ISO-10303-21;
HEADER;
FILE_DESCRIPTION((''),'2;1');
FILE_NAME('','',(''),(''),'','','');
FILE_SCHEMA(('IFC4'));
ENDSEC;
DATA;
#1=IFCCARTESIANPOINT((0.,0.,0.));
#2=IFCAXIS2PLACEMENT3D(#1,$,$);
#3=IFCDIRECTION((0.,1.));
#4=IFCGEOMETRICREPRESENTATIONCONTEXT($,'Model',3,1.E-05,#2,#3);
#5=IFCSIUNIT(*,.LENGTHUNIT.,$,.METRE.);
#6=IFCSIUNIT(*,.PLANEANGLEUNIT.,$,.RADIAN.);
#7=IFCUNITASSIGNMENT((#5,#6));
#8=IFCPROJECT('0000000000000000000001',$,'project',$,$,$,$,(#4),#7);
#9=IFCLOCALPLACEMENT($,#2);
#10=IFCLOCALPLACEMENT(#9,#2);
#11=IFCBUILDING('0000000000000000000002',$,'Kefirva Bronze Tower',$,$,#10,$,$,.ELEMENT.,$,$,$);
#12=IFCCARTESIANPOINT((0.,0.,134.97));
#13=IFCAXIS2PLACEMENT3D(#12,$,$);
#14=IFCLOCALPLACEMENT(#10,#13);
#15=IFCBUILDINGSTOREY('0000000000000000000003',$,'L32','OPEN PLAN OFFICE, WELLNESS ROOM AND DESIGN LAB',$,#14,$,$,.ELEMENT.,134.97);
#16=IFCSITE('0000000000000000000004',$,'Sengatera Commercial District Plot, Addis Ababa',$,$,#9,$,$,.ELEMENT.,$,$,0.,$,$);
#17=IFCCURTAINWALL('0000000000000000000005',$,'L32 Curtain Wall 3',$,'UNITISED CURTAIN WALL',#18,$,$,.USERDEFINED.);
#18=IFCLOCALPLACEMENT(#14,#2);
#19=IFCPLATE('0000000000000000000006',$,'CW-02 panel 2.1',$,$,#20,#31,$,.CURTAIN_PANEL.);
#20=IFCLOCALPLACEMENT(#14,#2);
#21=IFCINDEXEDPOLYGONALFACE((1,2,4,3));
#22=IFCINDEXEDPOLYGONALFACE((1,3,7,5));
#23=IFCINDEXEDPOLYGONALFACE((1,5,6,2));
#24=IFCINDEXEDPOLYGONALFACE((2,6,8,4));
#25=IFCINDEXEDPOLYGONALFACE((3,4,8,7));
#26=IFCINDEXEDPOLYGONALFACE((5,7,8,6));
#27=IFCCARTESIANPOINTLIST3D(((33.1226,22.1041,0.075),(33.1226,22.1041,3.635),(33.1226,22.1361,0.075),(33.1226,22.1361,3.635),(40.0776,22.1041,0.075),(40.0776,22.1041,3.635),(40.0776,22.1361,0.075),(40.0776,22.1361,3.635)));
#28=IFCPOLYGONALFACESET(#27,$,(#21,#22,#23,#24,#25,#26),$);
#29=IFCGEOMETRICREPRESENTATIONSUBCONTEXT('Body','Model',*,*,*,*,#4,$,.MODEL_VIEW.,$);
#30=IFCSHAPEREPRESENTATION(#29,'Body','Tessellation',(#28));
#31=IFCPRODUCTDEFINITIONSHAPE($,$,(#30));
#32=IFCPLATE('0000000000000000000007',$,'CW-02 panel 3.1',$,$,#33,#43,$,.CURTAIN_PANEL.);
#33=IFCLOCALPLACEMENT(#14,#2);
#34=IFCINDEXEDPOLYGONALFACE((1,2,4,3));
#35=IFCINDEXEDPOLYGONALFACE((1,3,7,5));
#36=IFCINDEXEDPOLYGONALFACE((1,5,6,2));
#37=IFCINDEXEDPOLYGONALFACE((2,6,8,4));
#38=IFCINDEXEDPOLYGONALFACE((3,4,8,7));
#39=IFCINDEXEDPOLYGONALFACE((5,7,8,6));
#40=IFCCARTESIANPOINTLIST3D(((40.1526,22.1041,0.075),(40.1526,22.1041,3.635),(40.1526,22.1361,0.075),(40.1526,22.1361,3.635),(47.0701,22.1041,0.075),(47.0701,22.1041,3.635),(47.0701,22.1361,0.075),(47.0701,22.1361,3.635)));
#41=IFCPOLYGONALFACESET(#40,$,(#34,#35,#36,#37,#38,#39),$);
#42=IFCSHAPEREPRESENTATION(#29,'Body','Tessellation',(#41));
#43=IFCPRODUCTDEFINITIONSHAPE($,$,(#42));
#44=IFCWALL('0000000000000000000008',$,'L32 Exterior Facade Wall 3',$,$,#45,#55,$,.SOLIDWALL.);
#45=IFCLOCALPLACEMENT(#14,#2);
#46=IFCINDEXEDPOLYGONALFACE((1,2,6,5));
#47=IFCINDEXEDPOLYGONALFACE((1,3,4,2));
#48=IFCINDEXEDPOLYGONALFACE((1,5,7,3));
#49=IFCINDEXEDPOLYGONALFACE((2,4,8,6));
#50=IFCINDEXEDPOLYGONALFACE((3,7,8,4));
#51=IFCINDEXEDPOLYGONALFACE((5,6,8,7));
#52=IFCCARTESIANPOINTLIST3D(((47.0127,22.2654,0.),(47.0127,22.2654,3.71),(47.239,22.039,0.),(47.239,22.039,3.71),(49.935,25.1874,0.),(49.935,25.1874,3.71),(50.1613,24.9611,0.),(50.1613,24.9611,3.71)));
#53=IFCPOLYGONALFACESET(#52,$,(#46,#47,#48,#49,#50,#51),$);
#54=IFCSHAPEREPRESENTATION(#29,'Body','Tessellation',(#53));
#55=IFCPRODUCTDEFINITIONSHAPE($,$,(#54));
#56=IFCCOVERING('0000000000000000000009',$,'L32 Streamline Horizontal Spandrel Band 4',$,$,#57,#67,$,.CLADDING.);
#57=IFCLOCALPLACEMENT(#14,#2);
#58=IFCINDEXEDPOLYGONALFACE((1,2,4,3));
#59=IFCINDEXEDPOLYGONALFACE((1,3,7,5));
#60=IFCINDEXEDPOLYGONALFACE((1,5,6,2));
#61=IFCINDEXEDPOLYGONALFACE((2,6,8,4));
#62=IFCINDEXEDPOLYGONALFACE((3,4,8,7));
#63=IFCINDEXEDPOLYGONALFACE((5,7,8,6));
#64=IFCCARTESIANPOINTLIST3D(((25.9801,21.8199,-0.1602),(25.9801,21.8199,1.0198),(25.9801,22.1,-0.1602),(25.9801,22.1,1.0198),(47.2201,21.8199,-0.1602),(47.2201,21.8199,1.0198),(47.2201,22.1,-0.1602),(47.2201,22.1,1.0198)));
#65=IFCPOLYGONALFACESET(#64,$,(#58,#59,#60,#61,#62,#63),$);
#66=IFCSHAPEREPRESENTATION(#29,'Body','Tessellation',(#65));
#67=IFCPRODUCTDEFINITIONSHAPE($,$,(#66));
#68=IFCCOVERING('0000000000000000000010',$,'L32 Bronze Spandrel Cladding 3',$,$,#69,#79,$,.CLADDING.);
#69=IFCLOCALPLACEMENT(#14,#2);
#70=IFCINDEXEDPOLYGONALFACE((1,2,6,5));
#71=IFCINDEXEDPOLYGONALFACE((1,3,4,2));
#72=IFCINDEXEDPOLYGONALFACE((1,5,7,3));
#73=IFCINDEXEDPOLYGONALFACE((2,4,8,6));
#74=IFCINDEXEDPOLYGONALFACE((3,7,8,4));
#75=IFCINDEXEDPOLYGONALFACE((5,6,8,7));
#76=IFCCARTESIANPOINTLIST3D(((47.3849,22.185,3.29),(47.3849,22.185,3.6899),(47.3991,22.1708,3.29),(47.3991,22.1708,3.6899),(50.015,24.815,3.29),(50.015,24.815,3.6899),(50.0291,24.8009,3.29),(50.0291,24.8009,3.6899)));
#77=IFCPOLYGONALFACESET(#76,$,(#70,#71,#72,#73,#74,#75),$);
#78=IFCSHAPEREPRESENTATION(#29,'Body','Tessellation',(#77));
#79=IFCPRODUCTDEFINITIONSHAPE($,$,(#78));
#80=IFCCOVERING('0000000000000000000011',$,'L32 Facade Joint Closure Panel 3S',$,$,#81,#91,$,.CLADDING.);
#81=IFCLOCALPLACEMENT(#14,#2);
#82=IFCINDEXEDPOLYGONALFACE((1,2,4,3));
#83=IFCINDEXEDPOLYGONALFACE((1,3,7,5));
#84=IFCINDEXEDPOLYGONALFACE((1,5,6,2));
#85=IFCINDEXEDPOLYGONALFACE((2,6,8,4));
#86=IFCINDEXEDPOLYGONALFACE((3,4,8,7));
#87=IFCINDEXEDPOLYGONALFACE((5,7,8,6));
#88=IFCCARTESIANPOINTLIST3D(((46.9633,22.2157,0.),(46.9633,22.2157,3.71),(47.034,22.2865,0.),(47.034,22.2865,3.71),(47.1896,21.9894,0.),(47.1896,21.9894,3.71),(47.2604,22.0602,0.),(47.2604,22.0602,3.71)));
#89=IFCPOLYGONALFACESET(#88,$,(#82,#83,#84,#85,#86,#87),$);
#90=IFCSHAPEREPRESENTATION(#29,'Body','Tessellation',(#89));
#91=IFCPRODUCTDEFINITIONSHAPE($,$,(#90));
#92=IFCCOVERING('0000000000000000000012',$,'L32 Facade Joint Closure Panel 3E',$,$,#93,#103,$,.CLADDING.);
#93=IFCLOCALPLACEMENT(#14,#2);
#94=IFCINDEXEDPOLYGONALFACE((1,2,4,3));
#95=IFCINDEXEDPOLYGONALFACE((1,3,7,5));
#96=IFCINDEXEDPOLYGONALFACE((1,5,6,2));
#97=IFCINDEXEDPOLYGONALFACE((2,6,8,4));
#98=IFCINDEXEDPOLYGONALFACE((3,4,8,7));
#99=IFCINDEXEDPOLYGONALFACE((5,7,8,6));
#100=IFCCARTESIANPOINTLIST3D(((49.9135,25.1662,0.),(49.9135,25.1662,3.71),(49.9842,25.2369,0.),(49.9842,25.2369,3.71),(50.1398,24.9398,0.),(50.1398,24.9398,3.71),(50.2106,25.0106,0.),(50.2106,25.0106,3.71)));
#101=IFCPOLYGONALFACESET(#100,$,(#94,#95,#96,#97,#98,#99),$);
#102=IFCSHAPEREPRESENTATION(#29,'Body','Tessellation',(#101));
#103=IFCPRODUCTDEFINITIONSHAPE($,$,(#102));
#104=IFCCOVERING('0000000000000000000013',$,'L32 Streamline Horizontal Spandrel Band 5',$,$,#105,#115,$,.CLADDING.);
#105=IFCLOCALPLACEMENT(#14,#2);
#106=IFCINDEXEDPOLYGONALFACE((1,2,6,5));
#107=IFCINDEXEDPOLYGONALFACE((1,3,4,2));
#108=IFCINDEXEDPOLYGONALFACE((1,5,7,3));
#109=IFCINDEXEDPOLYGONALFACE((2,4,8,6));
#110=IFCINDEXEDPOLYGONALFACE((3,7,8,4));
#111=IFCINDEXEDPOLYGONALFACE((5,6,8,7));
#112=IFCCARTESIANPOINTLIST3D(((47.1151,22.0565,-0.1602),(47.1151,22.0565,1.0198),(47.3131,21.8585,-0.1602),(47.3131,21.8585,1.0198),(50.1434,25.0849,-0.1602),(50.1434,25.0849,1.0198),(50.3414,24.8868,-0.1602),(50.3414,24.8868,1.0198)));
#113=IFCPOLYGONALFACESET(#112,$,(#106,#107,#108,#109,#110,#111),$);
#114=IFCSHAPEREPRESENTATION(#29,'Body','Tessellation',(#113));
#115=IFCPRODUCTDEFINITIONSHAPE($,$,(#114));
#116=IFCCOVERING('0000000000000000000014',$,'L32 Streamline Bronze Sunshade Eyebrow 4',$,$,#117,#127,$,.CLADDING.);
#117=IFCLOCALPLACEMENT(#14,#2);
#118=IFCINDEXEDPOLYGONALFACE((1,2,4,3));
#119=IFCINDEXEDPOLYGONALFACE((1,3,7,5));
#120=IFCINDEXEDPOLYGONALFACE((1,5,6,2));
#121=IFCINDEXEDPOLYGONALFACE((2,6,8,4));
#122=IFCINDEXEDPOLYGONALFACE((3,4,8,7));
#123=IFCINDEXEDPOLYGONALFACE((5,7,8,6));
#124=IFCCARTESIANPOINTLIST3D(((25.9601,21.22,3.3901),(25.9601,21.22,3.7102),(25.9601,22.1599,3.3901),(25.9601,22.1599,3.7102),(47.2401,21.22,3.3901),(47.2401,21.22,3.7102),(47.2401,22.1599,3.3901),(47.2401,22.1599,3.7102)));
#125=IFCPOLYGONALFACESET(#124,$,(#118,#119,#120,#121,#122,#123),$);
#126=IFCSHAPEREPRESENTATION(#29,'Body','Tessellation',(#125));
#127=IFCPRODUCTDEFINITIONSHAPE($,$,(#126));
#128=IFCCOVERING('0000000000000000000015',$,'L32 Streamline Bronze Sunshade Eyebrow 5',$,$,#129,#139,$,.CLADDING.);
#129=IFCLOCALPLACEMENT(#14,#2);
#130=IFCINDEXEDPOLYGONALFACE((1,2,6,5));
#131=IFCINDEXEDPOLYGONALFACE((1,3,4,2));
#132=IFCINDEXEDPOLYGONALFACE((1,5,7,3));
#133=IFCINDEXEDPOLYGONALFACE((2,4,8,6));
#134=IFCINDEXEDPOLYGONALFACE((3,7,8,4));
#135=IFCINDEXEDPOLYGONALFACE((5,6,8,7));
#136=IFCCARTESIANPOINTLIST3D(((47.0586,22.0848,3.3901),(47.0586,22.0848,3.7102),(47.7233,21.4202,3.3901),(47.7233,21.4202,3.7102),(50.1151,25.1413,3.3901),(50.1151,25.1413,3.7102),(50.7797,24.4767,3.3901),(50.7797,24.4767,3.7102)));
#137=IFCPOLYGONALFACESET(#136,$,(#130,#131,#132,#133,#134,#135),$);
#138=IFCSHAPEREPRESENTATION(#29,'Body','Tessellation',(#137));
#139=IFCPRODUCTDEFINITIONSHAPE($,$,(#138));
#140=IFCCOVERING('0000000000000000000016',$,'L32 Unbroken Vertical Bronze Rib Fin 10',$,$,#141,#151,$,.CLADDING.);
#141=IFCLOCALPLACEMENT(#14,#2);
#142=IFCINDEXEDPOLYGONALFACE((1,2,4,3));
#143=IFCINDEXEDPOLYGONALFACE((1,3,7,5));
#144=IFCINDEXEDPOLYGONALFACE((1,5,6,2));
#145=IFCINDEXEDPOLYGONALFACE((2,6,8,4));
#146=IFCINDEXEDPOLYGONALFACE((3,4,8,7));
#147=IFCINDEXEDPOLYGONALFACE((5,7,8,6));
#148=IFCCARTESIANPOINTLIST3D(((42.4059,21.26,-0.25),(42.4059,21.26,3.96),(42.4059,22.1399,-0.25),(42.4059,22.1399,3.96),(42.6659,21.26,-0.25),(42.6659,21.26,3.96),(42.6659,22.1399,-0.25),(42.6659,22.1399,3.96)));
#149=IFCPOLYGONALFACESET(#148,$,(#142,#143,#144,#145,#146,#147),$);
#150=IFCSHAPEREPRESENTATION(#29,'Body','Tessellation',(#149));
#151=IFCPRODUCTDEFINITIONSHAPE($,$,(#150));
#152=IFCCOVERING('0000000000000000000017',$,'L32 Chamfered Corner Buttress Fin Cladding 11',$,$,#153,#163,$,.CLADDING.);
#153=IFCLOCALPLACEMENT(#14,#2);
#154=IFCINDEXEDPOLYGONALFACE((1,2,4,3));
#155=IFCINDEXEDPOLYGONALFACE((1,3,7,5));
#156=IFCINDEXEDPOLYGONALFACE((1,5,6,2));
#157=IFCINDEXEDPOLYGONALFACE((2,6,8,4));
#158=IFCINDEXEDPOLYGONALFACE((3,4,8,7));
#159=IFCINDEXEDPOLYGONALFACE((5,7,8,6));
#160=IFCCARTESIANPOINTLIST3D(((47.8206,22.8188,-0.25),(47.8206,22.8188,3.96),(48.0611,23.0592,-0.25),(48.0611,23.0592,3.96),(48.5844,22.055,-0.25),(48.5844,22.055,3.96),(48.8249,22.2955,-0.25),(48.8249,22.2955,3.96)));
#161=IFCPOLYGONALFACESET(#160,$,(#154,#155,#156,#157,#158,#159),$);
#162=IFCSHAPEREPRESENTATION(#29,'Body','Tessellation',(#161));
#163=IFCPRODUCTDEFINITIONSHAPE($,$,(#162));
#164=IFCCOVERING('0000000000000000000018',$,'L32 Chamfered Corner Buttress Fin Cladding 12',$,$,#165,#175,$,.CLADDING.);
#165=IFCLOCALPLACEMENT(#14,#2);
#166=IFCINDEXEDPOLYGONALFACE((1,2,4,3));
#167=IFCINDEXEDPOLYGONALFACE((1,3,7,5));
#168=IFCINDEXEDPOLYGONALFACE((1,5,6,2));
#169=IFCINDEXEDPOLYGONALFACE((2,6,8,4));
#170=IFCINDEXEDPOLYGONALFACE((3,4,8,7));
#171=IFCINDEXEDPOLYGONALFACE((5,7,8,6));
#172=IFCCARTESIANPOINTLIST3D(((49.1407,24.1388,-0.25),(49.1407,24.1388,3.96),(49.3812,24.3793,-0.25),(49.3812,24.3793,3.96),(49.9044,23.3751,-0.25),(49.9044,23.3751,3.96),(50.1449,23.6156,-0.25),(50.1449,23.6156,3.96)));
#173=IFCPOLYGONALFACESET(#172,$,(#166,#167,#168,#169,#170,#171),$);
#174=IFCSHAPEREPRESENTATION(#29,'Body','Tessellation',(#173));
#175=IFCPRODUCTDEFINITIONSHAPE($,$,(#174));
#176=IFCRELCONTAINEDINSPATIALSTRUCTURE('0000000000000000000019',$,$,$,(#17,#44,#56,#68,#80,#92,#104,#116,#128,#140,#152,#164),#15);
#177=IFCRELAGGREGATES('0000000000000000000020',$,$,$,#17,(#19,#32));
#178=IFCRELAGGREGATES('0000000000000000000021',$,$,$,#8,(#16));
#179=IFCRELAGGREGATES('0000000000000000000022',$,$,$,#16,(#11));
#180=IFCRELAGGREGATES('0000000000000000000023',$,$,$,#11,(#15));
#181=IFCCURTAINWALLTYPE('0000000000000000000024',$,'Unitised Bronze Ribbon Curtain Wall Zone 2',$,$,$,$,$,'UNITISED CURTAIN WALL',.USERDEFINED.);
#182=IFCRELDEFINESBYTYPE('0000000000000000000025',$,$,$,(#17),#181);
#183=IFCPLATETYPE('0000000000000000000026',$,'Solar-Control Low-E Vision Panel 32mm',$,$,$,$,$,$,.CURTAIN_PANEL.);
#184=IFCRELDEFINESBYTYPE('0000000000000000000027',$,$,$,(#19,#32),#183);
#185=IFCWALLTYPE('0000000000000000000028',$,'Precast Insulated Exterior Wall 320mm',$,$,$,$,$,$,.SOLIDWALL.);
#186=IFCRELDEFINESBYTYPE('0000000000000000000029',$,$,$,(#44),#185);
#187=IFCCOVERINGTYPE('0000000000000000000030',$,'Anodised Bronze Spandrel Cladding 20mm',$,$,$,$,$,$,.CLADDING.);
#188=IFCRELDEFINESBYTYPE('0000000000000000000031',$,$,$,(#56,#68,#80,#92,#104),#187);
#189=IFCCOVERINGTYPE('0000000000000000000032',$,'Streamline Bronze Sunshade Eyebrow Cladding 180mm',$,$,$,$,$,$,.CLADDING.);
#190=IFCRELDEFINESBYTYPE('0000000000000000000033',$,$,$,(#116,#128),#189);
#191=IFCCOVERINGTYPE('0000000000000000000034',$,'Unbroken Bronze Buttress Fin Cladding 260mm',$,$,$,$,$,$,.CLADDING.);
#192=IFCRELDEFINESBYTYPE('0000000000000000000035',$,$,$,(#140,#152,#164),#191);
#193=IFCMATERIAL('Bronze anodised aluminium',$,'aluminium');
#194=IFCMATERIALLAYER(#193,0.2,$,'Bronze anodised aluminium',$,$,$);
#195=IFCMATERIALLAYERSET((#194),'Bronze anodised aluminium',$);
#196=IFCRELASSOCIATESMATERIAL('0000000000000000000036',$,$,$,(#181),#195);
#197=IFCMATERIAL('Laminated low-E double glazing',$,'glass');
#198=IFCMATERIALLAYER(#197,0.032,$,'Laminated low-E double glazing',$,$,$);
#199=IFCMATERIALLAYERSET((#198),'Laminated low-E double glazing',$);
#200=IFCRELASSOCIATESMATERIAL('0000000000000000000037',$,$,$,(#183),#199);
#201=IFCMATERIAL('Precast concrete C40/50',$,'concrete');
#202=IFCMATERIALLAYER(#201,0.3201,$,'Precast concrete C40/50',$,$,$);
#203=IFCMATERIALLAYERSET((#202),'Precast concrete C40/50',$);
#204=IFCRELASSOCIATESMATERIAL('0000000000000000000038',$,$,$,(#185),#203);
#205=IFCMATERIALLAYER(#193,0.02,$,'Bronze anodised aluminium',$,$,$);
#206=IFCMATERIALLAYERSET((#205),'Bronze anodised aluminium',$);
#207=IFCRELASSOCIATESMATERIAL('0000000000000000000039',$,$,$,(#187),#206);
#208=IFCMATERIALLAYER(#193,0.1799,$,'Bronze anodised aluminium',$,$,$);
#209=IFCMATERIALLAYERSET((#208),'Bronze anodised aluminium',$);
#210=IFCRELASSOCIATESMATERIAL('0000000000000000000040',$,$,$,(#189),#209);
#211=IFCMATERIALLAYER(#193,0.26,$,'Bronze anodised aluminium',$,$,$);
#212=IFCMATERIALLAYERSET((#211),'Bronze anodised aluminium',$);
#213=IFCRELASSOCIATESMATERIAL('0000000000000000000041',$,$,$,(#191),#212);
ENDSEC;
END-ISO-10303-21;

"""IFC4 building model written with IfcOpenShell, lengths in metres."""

from ifc_helpers import new_model, si_unit, direction, frame, frame_2d, origin, origin_2d, place, context, subcontext, project, spatial, rectangle, extrude, material, layer, layer_set, type_object, element, aggregate, save


model = new_model("IFC4")

# Units and contexts
model_context = context("Model", 3, precision=1e-05, world=origin(), true_north=direction((0.0, 1.0)))
body_context = subcontext(model_context, "Body", "Model", "MODEL_VIEW")
ifc_project = project(units=[si_unit("LENGTHUNIT", "METRE"), si_unit("PLANEANGLEUNIT", "RADIAN")], contexts=[model_context])

# Site, building, storey
site_placement = place(None, origin())
site = spatial("IfcSite", under=ifc_project, at=site_placement, Name="Sengatera Commercial District Plot, Addis Ababa", CompositionType="ELEMENT", RefElevation=0.0)
building_placement = place(site_placement, origin())
building = spatial("IfcBuilding", under=site, at=building_placement, Name="Kefirva Bronze Tower", CompositionType="ELEMENT")
storey_placement = place(building_placement, frame((0.0, 0.0, 134.97)))
storey = spatial("IfcBuildingStorey", under=building, at=storey_placement, Name="L32", Description="OPEN PLAN OFFICE, WELLNESS ROOM AND DESIGN LAB", CompositionType="ELEMENT", Elevation=134.97)

# Curtain wall
ifc_material_1 = material(Name="Bronze anodised aluminium", Category="aluminium")
ifc_layer_1 = layer(ifc_material_1, 0.2, Name="Bronze anodised aluminium")
ifc_layer_set_1 = layer_set([ifc_layer_1], Name="Bronze anodised aluminium")
curtain_wall_type = type_object("IfcCurtainWallType", Name="Unitised Bronze Ribbon Curtain Wall Zone 2", ElementType="UNITISED CURTAIN WALL", PredefinedType="USERDEFINED", material=ifc_layer_set_1)
curtain_wall_1_placement = place(storey_placement, origin())
curtain_wall_1 = element("IfcCurtainWall", 1, at=curtain_wall_1_placement, inside=storey, type_object=curtain_wall_type, Name="L32 Curtain Wall 3", ObjectType="UNITISED CURTAIN WALL", PredefinedType="USERDEFINED")

# Plates
ifc_material_2 = material(Name="Laminated low-E double glazing", Category="glass")
ifc_layer_2 = layer(ifc_material_2, 0.032, Name="Laminated low-E double glazing")
ifc_layer_set_2 = layer_set([ifc_layer_2], Name="Laminated low-E double glazing")
plate_type = type_object("IfcPlateType", Name="Solar-Control Low-E Vision Panel 32mm", PredefinedType="CURTAIN_PANEL", material=ifc_layer_set_2)
plate_1_placement = place(storey_placement, frame((36.6001, 22.1201, 0.075), z_axis=(0.0, 0.0, 1.0), x_axis=(1.0, 0.0, 0.0)))
plate_1 = element("IfcPlate", 2, at=plate_1_placement, type_object=plate_type, Name="CW-02 panel 2.1", PredefinedType="CURTAIN_PANEL", context=body_context, shape_type="SweptSolid", body=[
    extrude(rectangle(XDim=6.9551, YDim=0.032, at=origin_2d()), origin(), (0.0, 0.0, 1.0), 3.5601),
])
plate_2_placement = place(storey_placement, frame((43.6113, 22.1201, 0.075), z_axis=(0.0, 0.0, 1.0), x_axis=(1.0, 0.0, 0.0)))
plate_2 = element("IfcPlate", 3, at=plate_2_placement, type_object=plate_type, Name="CW-02 panel 3.1", PredefinedType="CURTAIN_PANEL", context=body_context, shape_type="SweptSolid", body=[
    extrude(rectangle(XDim=6.9175, YDim=0.032, at=origin_2d()), origin(), (0.0, 0.0, 1.0), 3.5601),
])
aggregate(curtain_wall_1, [plate_1, plate_2])

# Wall
ifc_material_3 = material(Name="Precast concrete C40/50", Category="concrete")
ifc_layer_3 = layer(ifc_material_3, 0.3201, Name="Precast concrete C40/50")
ifc_layer_set_3 = layer_set([ifc_layer_3], Name="Precast concrete C40/50")
wall_type = type_object("IfcWallType", Name="Precast Insulated Exterior Wall 320mm", PredefinedType="SOLIDWALL", material=ifc_layer_set_3)
wall_placement = place(storey_placement, frame((47.1257, 22.1521, 0.0), z_axis=(0.0, 0.0, 1.0), x_axis=(0.707136, 0.707077, 0.0)))
element("IfcWall", 4, at=wall_placement, inside=storey, type_object=wall_type, Name="L32 Exterior Facade Wall 3", PredefinedType="SOLIDWALL", context=body_context, shape_type="SweptSolid", body=[
    extrude(rectangle(XDim=4.1326, YDim=0.3201, at=frame_2d((2.0664, 0.0))), origin(), (0.0, 0.0, 1.0), 3.71),
])

# Coverings
ifc_layer_4 = layer(ifc_material_1, 0.02, Name="Bronze anodised aluminium")
ifc_layer_set_4 = layer_set([ifc_layer_4], Name="Bronze anodised aluminium")
covering_type_1 = type_object("IfcCoveringType", Name="Anodised Bronze Spandrel Cladding 20mm", PredefinedType="CLADDING", material=ifc_layer_set_4)
covering_1_placement = place(storey_placement, frame((36.6001, 21.96, -0.1602), z_axis=(0.0, 0.0, 1.0), x_axis=(1.0, 0.0, 0.0)))
element("IfcCovering", 5, at=covering_1_placement, inside=storey, type_object=covering_type_1, Name="L32 Streamline Horizontal Spandrel Band 4", PredefinedType="CLADDING", context=body_context, shape_type="SweptSolid", body=[
    extrude(rectangle(XDim=21.24, YDim=0.28, at=origin_2d()), origin(), (0.0, 0.0, 1.0), 1.1799),
])
covering_2_placement = place(storey_placement, frame((48.707, 23.4929, 3.29), z_axis=(0.0, 0.0, 1.0), x_axis=(0.707107, 0.707107, 0.0)))
element("IfcCovering", 6, at=covering_2_placement, inside=storey, type_object=covering_type_1, Name="L32 Bronze Spandrel Cladding 3", PredefinedType="CLADDING", context=body_context, shape_type="SweptSolid", body=[
    extrude(rectangle(XDim=3.7195, YDim=0.02, at=origin_2d()), origin(), (0.0, 0.0, 1.0), 0.3999),
])
for number, where, z_axis, x_axis, name in (
    (7, (47.1118, 22.1379, 0.0), (0.0, 0.0, 1.0), (0.707107, 0.707107, 0.0), "L32 Facade Joint Closure Panel 3S"),
    (8, (50.062, 25.0884, 0.0), (0.0, 0.0, 1.0), (0.707107, 0.707107, 0.0), "L32 Facade Joint Closure Panel 3E"),
):
    element("IfcCovering", number, at=place(storey_placement, frame(where, z_axis=z_axis, x_axis=x_axis)), inside=storey, type_object=covering_type_1, Name=name, PredefinedType="CLADDING", context=body_context, shape_type="SweptSolid", body=[
        extrude(rectangle(XDim=0.1001, YDim=0.3201, at=origin_2d()), origin(), (0.0, 0.0, 1.0), 3.71),
    ])
covering_3_placement = place(storey_placement, frame((48.7283, 23.4717, -0.1602), z_axis=(0.0, 0.0, 1.0), x_axis=(0.707107, 0.707107, 0.0)))
element("IfcCovering", 9, at=covering_3_placement, inside=storey, type_object=covering_type_1, Name="L32 Streamline Horizontal Spandrel Band 5", PredefinedType="CLADDING", context=body_context, shape_type="SweptSolid", body=[
    extrude(rectangle(XDim=4.2827, YDim=0.28, at=origin_2d()), origin(), (0.0, 0.0, 1.0), 1.1799),
])
ifc_layer_5 = layer(ifc_material_1, 0.1799, Name="Bronze anodised aluminium")
ifc_layer_set_5 = layer_set([ifc_layer_5], Name="Bronze anodised aluminium")
covering_type_2 = type_object("IfcCoveringType", Name="Streamline Bronze Sunshade Eyebrow Cladding 180mm", PredefinedType="CLADDING", material=ifc_layer_set_5)
covering_4_placement = place(storey_placement, frame((36.6001, 21.6899, 3.3901), z_axis=(0.0, 0.0, 1.0), x_axis=(1.0, 0.0, 0.0)))
element("IfcCovering", 10, at=covering_4_placement, inside=storey, type_object=covering_type_2, Name="L32 Streamline Bronze Sunshade Eyebrow 4", PredefinedType="CLADDING", context=body_context, shape_type="SweptSolid", body=[
    extrude(rectangle(XDim=21.28, YDim=0.9399, at=origin_2d()), origin(), (0.0, 0.0, 1.0), 0.3201),
])
covering_5_placement = place(storey_placement, frame((48.9192, 23.2808, 3.3901), z_axis=(0.0, 0.0, 1.0), x_axis=(0.707107, 0.707107, 0.0)))
element("IfcCovering", 11, at=covering_5_placement, inside=storey, type_object=covering_type_2, Name="L32 Streamline Bronze Sunshade Eyebrow 5", PredefinedType="CLADDING", context=body_context, shape_type="SweptSolid", body=[
    extrude(rectangle(XDim=4.3225, YDim=0.9399, at=origin_2d()), origin(), (0.0, 0.0, 1.0), 0.3201),
])
ifc_layer_6 = layer(ifc_material_1, 0.26, Name="Bronze anodised aluminium")
ifc_layer_set_6 = layer_set([ifc_layer_6], Name="Bronze anodised aluminium")
covering_type_3 = type_object("IfcCoveringType", Name="Unbroken Bronze Buttress Fin Cladding 260mm", PredefinedType="CLADDING", material=ifc_layer_set_6)
covering_6_placement = place(storey_placement, frame((42.5359, 21.7, -0.25), z_axis=(0.0, 0.0, 1.0), x_axis=(1.0, 0.0, 0.0)))
element("IfcCovering", 12, at=covering_6_placement, inside=storey, type_object=covering_type_3, Name="L32 Unbroken Vertical Bronze Rib Fin 10", PredefinedType="CLADDING", context=body_context, shape_type="SweptSolid", body=[
    extrude(rectangle(XDim=0.26, YDim=0.8799, at=origin_2d()), origin(), (0.0, 0.0, 1.0), 4.21),
])
for number, where, z_axis, x_axis, name in (
    (13, (48.3228, 22.5571, -0.25), (0.0, 0.0, 1.0), (0.707107, 0.707107, 0.0), "L32 Chamfered Corner Buttress Fin Cladding 11"),
    (14, (49.6428, 23.8772, -0.25), (0.0, 0.0, 1.0), (0.707107, 0.707107, 0.0), "L32 Chamfered Corner Buttress Fin Cladding 12"),
):
    element("IfcCovering", number, at=place(storey_placement, frame(where, z_axis=z_axis, x_axis=x_axis)), inside=storey, type_object=covering_type_3, Name=name, PredefinedType="CLADDING", context=body_context, shape_type="SweptSolid", body=[
        extrude(rectangle(XDim=0.3401, YDim=1.0801, at=origin_2d()), origin(), (0.0, 0.0, 1.0), 4.21),
    ])

save(model, "model.ifc")
